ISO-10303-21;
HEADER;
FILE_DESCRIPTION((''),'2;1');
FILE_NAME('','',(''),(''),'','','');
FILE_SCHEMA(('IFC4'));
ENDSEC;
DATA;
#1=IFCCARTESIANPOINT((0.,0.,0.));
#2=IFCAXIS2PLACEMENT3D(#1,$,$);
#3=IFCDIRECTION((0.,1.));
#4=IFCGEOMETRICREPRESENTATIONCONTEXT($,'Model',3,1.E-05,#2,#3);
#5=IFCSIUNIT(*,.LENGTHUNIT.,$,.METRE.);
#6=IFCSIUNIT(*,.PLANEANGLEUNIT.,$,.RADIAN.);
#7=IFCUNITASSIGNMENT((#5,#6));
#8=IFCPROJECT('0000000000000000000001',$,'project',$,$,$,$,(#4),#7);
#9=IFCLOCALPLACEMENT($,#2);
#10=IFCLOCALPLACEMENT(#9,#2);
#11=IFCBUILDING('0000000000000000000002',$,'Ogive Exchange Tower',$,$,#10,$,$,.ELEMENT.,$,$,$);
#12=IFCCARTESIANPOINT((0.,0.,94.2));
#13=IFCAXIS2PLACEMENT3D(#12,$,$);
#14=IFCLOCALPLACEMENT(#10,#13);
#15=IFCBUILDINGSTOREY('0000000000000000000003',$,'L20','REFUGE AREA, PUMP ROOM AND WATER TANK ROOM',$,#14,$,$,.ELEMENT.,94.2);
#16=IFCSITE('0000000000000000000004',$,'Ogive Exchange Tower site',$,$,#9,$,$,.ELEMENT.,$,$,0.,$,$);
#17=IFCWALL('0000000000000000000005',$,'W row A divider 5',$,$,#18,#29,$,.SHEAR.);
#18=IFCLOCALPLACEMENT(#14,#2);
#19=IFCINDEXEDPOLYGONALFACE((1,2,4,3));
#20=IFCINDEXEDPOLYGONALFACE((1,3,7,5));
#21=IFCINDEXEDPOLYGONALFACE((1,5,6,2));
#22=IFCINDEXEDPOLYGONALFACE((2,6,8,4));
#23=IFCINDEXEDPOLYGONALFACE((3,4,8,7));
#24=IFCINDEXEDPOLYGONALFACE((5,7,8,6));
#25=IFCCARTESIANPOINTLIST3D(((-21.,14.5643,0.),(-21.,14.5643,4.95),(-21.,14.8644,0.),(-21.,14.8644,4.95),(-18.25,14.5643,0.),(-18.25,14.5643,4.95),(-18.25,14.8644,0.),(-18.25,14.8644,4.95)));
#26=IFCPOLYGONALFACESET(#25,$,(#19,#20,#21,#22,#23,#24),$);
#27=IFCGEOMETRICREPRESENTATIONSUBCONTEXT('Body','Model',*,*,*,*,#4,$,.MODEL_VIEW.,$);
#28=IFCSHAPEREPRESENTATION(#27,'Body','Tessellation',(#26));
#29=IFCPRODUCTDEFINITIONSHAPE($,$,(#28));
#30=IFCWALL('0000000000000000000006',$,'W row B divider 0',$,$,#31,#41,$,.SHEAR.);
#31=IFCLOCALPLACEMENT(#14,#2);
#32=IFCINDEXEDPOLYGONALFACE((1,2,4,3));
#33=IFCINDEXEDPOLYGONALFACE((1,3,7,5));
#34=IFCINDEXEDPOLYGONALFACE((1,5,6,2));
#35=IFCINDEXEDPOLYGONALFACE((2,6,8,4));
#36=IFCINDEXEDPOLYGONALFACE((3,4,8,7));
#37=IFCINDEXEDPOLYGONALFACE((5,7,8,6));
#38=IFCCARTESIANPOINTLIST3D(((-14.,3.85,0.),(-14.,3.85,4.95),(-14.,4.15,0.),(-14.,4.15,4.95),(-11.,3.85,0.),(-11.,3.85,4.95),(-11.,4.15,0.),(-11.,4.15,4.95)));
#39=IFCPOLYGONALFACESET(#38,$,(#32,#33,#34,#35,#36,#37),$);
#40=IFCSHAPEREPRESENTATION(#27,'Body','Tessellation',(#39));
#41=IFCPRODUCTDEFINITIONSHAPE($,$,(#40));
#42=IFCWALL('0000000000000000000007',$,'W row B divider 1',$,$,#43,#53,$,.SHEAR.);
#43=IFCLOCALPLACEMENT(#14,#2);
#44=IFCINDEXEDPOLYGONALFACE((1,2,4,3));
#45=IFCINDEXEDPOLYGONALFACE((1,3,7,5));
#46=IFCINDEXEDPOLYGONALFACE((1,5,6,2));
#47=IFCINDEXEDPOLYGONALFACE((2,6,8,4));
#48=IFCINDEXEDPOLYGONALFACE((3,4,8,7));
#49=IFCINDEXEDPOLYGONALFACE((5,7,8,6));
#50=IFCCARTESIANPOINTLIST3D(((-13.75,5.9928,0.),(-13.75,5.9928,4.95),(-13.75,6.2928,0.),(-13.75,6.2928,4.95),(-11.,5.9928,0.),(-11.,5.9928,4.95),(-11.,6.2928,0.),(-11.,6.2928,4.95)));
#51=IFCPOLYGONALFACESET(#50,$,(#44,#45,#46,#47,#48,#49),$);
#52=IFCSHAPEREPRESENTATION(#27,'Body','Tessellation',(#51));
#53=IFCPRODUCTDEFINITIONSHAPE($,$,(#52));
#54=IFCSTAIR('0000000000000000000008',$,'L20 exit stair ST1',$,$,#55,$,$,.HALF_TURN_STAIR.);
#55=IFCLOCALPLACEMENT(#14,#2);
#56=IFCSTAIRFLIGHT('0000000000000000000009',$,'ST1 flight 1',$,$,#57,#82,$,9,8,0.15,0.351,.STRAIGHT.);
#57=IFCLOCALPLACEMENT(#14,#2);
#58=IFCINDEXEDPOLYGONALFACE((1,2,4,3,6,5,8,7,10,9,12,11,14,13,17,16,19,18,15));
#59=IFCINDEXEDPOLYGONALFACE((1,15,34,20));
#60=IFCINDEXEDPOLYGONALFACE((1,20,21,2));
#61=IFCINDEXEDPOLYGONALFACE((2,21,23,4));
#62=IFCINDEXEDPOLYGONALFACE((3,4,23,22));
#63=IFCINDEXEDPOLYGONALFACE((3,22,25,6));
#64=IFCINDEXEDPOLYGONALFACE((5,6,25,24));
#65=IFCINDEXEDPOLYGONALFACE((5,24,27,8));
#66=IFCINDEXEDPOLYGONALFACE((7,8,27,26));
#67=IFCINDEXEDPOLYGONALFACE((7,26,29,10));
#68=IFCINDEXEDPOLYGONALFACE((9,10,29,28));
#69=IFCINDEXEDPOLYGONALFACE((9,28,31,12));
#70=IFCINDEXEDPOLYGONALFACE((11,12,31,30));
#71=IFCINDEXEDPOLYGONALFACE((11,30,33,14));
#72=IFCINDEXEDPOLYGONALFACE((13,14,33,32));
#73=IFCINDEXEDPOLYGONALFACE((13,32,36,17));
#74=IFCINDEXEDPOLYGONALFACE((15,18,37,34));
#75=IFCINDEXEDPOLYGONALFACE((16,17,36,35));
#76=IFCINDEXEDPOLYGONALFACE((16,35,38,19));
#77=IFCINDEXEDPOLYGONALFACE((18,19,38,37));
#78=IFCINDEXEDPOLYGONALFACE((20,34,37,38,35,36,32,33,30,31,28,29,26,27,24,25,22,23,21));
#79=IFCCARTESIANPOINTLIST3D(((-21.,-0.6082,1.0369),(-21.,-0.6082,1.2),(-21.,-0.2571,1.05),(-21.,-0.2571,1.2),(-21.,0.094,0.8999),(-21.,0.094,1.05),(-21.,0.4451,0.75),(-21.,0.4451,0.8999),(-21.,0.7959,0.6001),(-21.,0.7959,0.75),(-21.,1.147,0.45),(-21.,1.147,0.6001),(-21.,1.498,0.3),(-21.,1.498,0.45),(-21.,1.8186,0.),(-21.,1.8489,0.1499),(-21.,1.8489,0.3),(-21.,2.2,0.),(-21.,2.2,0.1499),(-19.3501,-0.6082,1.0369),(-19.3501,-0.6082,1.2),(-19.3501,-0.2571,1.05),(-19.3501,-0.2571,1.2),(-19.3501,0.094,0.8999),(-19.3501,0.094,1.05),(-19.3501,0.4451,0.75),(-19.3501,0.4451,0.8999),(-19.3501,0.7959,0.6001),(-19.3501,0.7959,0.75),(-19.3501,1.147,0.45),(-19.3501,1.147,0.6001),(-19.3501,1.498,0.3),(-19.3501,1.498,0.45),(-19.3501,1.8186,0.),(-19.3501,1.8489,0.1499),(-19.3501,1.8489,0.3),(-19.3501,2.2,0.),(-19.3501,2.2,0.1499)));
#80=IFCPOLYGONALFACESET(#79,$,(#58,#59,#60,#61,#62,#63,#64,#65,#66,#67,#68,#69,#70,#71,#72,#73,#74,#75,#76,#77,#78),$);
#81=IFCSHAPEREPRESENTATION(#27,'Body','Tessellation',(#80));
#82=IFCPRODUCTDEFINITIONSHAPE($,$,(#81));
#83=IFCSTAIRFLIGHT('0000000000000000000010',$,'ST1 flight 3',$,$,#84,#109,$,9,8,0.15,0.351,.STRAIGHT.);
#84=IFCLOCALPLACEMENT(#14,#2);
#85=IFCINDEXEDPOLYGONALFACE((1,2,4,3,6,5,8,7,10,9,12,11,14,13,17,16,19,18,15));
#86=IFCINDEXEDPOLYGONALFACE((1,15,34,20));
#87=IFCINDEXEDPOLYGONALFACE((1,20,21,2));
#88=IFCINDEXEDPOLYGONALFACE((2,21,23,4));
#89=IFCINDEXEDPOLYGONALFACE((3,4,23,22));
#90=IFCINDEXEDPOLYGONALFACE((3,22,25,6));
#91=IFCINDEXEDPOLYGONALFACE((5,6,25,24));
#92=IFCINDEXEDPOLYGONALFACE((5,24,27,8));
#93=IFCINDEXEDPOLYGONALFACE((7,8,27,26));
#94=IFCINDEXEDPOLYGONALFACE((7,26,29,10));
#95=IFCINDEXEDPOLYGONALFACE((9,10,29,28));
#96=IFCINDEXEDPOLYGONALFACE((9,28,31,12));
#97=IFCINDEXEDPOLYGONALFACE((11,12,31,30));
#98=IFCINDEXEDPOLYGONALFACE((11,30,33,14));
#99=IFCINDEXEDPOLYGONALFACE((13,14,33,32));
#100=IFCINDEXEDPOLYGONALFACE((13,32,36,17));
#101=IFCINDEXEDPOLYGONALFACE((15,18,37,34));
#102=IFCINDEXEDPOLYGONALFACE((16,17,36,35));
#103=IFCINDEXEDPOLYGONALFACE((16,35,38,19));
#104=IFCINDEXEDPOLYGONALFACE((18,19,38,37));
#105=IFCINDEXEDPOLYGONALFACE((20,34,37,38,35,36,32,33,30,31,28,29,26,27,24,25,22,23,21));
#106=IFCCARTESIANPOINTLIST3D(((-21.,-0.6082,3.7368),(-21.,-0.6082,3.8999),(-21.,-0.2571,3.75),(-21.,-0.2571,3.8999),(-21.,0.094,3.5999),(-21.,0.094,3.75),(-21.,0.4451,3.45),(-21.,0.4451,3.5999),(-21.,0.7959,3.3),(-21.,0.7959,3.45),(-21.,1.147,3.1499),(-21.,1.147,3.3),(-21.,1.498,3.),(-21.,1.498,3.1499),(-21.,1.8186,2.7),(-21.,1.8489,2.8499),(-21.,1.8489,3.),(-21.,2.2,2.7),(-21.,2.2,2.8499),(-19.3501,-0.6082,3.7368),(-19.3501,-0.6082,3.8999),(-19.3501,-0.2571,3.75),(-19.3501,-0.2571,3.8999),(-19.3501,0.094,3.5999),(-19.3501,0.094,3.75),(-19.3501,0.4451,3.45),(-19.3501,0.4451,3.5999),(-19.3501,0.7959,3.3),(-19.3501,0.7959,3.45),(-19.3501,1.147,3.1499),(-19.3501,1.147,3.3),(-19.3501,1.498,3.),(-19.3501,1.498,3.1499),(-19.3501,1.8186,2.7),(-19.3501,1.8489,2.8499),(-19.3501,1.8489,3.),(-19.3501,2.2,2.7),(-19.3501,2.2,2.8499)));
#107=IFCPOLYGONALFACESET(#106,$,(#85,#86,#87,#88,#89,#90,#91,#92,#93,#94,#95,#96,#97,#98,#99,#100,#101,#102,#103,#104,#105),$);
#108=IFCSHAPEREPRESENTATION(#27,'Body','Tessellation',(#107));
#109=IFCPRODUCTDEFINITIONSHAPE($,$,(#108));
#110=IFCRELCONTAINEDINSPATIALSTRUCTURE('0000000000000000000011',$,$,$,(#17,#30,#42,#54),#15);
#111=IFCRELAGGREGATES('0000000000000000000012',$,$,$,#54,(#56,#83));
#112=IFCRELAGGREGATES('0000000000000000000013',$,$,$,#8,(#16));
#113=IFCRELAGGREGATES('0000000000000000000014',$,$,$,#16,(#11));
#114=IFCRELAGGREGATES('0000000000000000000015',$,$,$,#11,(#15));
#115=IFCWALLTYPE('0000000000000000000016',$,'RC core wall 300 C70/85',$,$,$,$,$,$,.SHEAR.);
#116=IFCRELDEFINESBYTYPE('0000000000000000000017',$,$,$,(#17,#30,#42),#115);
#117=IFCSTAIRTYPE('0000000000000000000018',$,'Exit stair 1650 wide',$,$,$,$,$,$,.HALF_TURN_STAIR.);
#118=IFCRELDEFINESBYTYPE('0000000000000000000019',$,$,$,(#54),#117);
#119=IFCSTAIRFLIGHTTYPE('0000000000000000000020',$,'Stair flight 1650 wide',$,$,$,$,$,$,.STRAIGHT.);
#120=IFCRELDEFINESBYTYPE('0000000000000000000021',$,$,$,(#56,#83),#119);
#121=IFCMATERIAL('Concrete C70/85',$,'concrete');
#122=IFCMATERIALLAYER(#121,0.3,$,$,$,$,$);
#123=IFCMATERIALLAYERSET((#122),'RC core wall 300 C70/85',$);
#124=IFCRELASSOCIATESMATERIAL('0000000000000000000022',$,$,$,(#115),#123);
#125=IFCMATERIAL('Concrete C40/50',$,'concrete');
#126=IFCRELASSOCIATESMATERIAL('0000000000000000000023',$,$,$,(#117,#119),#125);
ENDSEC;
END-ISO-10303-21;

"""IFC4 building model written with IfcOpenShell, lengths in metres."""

from ifc_helpers import new_model, si_unit, direction, frame, frame_2d, origin, place, context, subcontext, project, spatial, polyline, rectangle, outline, extrude, material, layer, layer_set, type_object, element, aggregate, save


model = new_model("IFC4")

# Units and contexts
model_context = context("Model", 3, precision=1e-05, world=origin(), true_north=direction((0.0, 1.0)))
body_context = subcontext(model_context, "Body", "Model", "MODEL_VIEW")
ifc_project = project(units=[si_unit("LENGTHUNIT", "METRE"), si_unit("PLANEANGLEUNIT", "RADIAN")], contexts=[model_context])

# Site, building, storey
site_placement = place(None, origin())
site = spatial("IfcSite", under=ifc_project, at=site_placement, Name="Ogive Exchange Tower site", CompositionType="ELEMENT", RefElevation=0.0)
building_placement = place(site_placement, origin())
building = spatial("IfcBuilding", under=site, at=building_placement, Name="Ogive Exchange Tower", CompositionType="ELEMENT")
storey_placement = place(building_placement, frame((0.0, 0.0, 94.2)))
storey = spatial("IfcBuildingStorey", under=building, at=storey_placement, Name="L20", Description="REFUGE AREA, PUMP ROOM AND WATER TANK ROOM", CompositionType="ELEMENT", Elevation=94.2)

# Shared definitions
ifc_material_1 = material(Name="Concrete C70/85", Category="concrete")

# Walls
ifc_layer_1 = layer(ifc_material_1, 0.3)
ifc_layer_set_1 = layer_set([ifc_layer_1], Name="RC core wall 300 C70/85")
wall_type_1 = type_object("IfcWallType", Name="RC core wall 300 C70/85", PredefinedType="SHEAR", material=ifc_layer_set_1)
for number, where, z_axis, x_axis, name in (
    (1, (-21.0, 14.7144, 0.0), (0.0, 0.0, 1.0), (1.0, 0.0, 0.0), "W row A divider 5"),
):
    element("IfcWall", number, at=place(storey_placement, frame(where, z_axis=z_axis, x_axis=x_axis)), inside=storey, type_object=wall_type_1, Name=name, PredefinedType="SHEAR", context=body_context, shape_type="SweptSolid", body=[
        extrude(rectangle(XDim=2.75, YDim=0.3, at=frame_2d((1.375, 0.0))), origin(), (0.0, 0.0, 1.0), 4.95),
    ])
wall_1_placement = place(storey_placement, frame((-14.0, 4.0, 0.0), z_axis=(0.0, 0.0, 1.0), x_axis=(1.0, 0.0, 0.0)))
element("IfcWall", 2, at=wall_1_placement, inside=storey, type_object=wall_type_1, Name="W row B divider 0", PredefinedType="SHEAR", context=body_context, shape_type="SweptSolid", body=[
    extrude(rectangle(XDim=3.0, YDim=0.3, at=frame_2d((1.5, 0.0))), origin(), (0.0, 0.0, 1.0), 4.95),
])
wall_2_placement = place(storey_placement, frame((-13.75, 6.1428, 0.0), z_axis=(0.0, 0.0, 1.0), x_axis=(1.0, 0.0, 0.0)))
element("IfcWall", 3, at=wall_2_placement, inside=storey, type_object=wall_type_1, Name="W row B divider 1", PredefinedType="SHEAR", context=body_context, shape_type="SweptSolid", body=[
    extrude(rectangle(XDim=2.75, YDim=0.3, at=frame_2d((1.375, 0.0))), origin(), (0.0, 0.0, 1.0), 4.95),
])

# Stair, stair flights
ifc_material_2 = material(Name="Concrete C40/50", Category="concrete")
stair_type = type_object("IfcStairType", Name="Exit stair 1650 wide", PredefinedType="HALF_TURN_STAIR", material=ifc_material_2)
stair_placement = place(storey_placement, origin())
stair = element("IfcStair", 4, at=stair_placement, inside=storey, type_object=stair_type, Name="L20 exit stair ST1", PredefinedType="HALF_TURN_STAIR")
stair_flight_type = type_object("IfcStairFlightType", Name="Stair flight 1650 wide", PredefinedType="STRAIGHT", material=ifc_material_2)
stair_flight_1_placement = place(storey_placement, frame((-20.175, 2.2, 0.0), z_axis=(0.0, 0.0, 1.0), x_axis=(0.0, -1.0, 0.0)))
stair_flight_1 = element("IfcStairFlight", 5, at=stair_flight_1_placement, type_object=stair_flight_type, Name="ST1 flight 1", NumberOfRisers=9, NumberOfTreads=8, PredefinedType="STRAIGHT", RiserHeight=0.15, TreadLength=0.351, context=body_context, shape_type="SweptSolid", body=[
    extrude(outline(polyline([(0.0, 0.0), (0.0, 0.1499), (0.3511, 0.1499), (0.3511, 0.3), (0.7019, 0.3), (0.7019, 0.45), (1.053, 0.45), (1.053, 0.6001), (1.4041, 0.6001), (1.4041, 0.75), (1.7549, 0.75), (1.7549, 0.8999), (2.106, 0.8999), (2.106, 1.05), (2.457, 1.05), (2.457, 1.2), (2.8081, 1.2), (2.8081, 1.3501), (2.8081, 1.0369), (0.3813, 0.0), (0.0, 0.0)])), frame((0.0, 0.825, 0.0), z_axis=(0.0, -1.0, 0.0), x_axis=(1.0, 0.0, 0.0)), (0.0, 0.0, 1.0), 1.6499),
])
stair_flight_2_placement = place(storey_placement, frame((-20.175, 2.2, 2.7), z_axis=(0.0, 0.0, 1.0), x_axis=(0.0, -1.0, 0.0)))
stair_flight_2 = element("IfcStairFlight", 6, at=stair_flight_2_placement, type_object=stair_flight_type, Name="ST1 flight 3", NumberOfRisers=9, NumberOfTreads=8, PredefinedType="STRAIGHT", RiserHeight=0.15, TreadLength=0.351, context=body_context, shape_type="SweptSolid", body=[
    extrude(outline(polyline([(0.0, 0.0), (0.0, 0.1499), (0.3511, 0.1499), (0.3511, 0.3), (0.7019, 0.3), (0.7019, 0.45), (1.053, 0.45), (1.053, 0.6001), (1.4041, 0.6001), (1.4041, 0.75), (1.7549, 0.75), (1.7549, 0.8999), (2.106, 0.8999), (2.106, 1.05), (2.457, 1.05), (2.457, 1.2), (2.8081, 1.2), (2.8081, 1.3501), (2.8081, 1.0369), (0.3813, 0.0), (0.0, 0.0)])), frame((0.0, 0.825, 0.0), z_axis=(0.0, -1.0, 0.0), x_axis=(1.0, 0.0, 0.0)), (0.0, 0.0, 1.0), 1.6499),
])
aggregate(stair, [stair_flight_1, stair_flight_2])

save(model, "model.ifc")
